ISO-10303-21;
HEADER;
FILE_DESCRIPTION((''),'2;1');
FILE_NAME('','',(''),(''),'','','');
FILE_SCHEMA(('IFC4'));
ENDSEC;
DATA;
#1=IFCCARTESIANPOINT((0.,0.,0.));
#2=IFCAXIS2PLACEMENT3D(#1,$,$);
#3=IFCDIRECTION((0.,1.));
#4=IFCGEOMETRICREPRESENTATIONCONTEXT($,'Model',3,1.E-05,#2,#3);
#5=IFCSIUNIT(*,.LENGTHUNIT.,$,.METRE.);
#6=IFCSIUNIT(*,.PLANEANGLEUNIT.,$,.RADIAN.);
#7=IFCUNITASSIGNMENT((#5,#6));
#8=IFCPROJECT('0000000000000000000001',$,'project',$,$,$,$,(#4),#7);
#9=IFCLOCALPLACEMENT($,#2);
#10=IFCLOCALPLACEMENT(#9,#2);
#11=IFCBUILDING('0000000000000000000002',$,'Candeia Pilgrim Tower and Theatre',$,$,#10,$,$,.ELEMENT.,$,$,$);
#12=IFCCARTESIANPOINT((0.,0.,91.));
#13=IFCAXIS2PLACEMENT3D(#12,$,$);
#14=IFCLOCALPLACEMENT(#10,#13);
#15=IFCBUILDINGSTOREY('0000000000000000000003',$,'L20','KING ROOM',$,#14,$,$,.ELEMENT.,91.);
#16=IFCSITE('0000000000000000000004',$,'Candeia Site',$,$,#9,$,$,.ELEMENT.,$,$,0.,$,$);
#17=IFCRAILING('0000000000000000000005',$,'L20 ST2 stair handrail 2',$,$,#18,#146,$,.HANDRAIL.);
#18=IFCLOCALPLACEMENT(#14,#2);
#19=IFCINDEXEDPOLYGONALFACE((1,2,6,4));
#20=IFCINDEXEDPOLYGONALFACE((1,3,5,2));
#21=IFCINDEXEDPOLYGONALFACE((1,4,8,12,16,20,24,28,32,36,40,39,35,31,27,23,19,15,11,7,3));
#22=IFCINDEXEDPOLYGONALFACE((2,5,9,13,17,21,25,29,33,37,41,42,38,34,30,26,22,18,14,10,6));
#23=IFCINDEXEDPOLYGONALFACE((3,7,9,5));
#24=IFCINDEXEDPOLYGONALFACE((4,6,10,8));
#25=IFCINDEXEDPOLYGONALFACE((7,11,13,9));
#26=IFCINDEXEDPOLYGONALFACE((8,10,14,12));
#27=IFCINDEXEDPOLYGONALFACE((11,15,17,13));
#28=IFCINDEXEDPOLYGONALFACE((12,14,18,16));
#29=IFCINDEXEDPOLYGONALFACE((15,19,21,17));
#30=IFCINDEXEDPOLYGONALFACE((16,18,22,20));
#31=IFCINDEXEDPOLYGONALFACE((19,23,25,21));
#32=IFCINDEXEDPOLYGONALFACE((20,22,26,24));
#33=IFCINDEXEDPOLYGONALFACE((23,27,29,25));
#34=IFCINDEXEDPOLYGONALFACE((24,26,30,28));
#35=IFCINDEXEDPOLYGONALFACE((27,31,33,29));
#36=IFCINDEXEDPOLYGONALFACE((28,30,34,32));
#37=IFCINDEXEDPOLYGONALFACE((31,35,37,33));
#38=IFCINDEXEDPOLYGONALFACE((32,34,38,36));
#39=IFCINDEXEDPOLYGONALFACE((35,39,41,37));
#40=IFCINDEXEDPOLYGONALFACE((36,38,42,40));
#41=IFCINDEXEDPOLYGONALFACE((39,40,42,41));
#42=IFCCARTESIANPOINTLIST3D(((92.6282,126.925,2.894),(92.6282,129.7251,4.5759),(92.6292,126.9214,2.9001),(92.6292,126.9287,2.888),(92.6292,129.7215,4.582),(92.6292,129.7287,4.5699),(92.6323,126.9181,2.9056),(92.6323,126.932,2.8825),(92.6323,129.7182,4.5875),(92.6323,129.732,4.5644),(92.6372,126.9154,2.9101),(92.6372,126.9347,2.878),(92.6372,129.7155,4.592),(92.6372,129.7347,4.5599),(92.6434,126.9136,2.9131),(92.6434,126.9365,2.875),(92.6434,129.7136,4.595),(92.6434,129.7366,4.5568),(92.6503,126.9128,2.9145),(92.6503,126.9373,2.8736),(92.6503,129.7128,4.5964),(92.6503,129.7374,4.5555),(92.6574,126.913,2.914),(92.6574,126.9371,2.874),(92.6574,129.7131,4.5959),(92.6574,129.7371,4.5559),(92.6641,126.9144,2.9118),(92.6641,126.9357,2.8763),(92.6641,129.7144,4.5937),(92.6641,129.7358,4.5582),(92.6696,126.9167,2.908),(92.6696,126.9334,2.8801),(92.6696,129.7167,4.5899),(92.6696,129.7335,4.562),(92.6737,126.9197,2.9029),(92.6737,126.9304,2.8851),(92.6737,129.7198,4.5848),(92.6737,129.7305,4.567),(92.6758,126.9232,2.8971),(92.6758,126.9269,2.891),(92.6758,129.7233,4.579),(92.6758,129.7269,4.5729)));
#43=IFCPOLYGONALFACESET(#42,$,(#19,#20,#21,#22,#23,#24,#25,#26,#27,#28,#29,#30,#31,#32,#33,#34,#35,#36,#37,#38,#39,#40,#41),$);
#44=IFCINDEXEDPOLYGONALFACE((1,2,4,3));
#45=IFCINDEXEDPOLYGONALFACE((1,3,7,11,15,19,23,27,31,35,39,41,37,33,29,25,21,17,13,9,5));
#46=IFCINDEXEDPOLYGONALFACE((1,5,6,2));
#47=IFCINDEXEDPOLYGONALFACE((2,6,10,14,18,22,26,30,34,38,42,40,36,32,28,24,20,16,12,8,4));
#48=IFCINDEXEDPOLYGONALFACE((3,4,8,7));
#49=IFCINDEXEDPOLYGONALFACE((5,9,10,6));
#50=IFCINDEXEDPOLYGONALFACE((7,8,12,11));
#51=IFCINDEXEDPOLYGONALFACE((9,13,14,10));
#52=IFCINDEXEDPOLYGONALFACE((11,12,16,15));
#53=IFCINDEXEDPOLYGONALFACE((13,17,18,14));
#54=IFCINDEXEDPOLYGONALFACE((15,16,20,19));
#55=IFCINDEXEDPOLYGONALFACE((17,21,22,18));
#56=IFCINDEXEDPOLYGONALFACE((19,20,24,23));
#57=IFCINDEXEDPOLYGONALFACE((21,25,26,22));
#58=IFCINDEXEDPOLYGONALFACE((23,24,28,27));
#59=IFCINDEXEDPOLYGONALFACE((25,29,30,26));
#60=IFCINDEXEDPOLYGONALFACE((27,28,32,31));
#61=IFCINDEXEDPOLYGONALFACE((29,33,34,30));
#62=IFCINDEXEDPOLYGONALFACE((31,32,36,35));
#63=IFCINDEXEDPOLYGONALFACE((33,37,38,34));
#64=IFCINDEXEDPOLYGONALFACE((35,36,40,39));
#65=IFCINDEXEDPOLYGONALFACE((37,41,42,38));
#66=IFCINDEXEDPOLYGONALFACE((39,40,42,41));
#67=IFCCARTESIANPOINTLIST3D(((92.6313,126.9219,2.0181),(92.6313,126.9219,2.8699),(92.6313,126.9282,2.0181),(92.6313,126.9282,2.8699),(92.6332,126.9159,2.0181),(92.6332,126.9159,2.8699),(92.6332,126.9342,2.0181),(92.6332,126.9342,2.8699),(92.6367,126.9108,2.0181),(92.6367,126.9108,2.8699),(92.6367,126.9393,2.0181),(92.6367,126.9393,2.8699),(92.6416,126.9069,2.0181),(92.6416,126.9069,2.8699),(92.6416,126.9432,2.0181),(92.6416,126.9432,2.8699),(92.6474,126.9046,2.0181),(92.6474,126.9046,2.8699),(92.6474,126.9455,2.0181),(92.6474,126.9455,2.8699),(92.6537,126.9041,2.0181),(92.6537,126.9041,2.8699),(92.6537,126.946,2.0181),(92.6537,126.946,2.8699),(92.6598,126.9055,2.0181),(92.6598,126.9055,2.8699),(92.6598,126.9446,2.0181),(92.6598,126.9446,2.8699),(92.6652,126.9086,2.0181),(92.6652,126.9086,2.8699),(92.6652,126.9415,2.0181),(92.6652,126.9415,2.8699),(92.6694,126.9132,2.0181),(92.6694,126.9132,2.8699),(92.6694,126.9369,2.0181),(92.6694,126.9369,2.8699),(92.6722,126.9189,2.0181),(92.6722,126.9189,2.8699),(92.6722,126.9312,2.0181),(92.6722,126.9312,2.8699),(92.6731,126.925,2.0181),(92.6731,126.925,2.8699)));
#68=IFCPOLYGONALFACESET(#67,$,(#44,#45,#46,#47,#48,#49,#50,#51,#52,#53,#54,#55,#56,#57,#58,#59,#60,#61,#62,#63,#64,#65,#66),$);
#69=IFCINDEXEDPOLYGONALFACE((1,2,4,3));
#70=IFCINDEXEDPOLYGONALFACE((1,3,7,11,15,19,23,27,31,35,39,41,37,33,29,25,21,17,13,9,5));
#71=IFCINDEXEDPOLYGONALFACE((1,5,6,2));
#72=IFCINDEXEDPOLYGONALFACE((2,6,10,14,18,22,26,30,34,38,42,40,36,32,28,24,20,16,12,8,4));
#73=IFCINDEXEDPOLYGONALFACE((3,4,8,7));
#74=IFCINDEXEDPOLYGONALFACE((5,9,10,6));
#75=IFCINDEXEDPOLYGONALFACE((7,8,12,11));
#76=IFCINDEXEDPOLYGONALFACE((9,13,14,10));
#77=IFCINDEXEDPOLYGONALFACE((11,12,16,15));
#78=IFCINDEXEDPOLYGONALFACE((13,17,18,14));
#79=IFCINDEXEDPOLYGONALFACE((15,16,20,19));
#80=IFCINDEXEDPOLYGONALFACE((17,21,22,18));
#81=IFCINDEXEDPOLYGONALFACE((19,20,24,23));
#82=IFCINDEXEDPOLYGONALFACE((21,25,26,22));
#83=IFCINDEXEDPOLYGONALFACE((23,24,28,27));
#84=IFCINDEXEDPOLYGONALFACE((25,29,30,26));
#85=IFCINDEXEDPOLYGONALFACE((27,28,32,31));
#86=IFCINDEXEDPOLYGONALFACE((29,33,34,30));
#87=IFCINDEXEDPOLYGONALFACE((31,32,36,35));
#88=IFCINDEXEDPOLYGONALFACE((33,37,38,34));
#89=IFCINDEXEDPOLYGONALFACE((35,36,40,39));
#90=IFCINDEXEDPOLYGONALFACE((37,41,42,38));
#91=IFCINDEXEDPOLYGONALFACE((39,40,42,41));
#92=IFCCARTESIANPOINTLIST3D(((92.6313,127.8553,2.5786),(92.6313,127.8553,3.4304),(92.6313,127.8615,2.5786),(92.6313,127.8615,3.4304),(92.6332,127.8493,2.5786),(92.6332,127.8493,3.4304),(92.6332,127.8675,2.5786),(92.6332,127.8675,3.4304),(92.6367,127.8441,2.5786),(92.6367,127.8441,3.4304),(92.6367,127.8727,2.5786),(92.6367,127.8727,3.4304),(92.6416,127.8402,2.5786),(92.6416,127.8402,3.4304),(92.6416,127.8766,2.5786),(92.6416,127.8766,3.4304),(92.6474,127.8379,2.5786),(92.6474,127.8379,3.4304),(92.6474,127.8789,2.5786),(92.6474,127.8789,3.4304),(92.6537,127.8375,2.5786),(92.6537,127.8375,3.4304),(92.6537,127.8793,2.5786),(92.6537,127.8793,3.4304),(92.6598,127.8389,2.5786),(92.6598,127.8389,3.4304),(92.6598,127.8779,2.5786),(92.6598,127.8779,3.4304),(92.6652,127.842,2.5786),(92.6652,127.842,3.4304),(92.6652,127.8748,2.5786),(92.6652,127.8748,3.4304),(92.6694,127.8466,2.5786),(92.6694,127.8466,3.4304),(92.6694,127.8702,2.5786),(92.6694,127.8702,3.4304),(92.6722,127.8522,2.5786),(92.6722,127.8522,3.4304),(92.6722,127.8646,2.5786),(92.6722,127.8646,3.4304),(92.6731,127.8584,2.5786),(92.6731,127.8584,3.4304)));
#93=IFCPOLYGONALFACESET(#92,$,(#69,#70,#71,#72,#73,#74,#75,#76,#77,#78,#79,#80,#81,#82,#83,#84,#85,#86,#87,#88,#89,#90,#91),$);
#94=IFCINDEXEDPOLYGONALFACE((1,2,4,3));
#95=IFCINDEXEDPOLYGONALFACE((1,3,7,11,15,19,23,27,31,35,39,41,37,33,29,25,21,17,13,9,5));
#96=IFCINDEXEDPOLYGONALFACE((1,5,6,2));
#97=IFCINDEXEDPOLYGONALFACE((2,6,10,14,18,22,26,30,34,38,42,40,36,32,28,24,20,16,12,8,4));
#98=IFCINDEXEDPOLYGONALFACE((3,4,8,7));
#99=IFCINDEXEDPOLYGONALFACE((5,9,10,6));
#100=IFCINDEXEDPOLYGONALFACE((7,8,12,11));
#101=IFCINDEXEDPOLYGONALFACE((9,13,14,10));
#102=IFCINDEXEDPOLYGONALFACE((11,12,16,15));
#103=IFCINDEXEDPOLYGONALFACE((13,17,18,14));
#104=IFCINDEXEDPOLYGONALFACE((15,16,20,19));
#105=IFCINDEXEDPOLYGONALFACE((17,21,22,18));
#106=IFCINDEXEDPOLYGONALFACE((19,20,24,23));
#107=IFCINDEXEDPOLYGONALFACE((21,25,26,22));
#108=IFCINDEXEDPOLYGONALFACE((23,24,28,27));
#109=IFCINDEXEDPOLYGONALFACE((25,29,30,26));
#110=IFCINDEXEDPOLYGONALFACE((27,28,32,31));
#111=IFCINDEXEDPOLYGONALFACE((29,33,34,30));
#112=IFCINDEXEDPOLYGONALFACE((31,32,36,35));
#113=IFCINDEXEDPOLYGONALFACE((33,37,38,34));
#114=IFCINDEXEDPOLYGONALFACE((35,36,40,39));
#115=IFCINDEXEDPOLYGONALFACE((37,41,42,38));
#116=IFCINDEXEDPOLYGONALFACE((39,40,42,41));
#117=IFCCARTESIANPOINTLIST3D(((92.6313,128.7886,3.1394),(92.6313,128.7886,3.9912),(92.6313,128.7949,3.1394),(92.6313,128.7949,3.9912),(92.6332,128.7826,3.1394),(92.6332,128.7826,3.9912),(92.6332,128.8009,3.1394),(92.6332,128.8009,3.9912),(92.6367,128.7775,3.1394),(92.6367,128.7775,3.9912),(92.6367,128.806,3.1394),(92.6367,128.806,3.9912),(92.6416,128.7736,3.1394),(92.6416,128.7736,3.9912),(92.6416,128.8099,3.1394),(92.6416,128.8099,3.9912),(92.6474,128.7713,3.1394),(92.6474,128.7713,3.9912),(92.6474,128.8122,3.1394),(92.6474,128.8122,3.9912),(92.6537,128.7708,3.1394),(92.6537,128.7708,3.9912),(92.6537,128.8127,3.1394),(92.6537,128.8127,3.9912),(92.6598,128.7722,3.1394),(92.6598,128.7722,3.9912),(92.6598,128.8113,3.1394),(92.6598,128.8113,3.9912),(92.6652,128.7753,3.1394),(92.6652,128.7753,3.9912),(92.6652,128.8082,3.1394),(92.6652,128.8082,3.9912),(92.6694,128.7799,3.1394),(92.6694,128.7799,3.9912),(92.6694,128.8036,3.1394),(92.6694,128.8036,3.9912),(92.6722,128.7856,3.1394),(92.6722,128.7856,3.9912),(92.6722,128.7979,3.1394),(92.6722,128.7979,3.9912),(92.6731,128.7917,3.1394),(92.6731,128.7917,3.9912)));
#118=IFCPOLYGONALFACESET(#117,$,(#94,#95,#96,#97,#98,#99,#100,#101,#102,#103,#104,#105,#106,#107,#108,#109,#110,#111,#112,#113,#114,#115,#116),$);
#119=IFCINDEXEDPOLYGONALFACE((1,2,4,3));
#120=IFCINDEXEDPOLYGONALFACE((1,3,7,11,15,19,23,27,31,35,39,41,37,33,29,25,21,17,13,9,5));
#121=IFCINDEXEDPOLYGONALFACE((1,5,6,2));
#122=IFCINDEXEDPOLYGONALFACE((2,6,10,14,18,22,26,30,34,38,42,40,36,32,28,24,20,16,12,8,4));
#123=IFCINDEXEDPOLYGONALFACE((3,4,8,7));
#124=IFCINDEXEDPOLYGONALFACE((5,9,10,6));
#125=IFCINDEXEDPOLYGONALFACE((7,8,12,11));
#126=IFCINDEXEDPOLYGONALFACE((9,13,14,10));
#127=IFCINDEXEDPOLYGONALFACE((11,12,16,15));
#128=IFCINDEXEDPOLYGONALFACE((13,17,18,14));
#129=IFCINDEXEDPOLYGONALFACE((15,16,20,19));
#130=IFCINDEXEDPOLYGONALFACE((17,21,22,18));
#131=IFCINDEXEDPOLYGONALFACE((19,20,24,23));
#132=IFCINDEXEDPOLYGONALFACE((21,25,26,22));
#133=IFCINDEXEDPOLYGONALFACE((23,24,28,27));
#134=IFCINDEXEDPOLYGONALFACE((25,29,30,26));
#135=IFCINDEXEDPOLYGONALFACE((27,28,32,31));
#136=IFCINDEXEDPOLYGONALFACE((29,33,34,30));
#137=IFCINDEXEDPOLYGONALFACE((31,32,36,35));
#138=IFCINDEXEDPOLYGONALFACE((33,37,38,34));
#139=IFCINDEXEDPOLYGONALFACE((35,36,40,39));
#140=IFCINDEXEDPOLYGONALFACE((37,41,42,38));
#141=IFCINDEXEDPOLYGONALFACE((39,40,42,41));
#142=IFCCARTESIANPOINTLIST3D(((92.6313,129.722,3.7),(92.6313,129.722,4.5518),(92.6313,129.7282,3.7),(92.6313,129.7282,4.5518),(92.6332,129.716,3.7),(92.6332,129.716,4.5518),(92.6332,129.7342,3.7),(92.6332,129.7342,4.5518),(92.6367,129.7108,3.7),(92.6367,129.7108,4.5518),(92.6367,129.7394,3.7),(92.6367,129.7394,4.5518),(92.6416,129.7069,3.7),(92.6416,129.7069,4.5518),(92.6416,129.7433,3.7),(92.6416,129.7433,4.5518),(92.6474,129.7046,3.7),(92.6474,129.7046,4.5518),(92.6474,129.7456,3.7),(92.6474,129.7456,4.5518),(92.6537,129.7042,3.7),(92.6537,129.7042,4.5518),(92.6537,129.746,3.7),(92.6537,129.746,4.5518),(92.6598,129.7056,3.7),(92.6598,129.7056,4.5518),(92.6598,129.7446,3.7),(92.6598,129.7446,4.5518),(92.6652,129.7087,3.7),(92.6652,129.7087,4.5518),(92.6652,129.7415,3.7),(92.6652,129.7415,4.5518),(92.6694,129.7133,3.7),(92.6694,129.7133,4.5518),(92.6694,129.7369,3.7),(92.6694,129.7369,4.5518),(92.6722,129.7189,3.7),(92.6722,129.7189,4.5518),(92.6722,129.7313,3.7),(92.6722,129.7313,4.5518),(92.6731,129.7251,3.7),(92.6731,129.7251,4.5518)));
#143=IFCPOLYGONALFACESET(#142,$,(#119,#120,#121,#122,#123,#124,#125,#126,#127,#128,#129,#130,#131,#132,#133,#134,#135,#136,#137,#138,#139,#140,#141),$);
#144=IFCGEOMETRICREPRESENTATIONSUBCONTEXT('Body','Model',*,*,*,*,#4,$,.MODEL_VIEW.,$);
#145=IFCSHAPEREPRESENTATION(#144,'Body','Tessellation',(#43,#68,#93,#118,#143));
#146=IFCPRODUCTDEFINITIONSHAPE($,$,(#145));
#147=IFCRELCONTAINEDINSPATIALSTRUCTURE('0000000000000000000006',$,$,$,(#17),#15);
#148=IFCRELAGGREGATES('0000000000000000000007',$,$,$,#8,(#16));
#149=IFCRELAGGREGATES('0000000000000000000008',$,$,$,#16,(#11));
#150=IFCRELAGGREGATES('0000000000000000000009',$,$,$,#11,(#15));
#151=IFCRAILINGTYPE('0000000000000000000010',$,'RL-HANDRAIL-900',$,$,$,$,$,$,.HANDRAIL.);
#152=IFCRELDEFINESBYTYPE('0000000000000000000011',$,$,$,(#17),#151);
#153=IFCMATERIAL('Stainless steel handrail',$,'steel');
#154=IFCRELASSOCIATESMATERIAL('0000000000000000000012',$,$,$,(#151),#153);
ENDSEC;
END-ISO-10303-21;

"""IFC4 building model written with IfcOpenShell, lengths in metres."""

from ifc_helpers import new_model, si_unit, direction, frame, origin, origin_2d, place, context, subcontext, project, spatial, circle, extrude, material, type_object, element, save


model = new_model("IFC4")

# Units and contexts
model_context = context("Model", 3, precision=1e-05, world=origin(), true_north=direction((0.0, 1.0)))
body_context = subcontext(model_context, "Body", "Model", "MODEL_VIEW")
ifc_project = project(units=[si_unit("LENGTHUNIT", "METRE"), si_unit("PLANEANGLEUNIT", "RADIAN")], contexts=[model_context])

# Site, building, storey
site_placement = place(None, origin())
site = spatial("IfcSite", under=ifc_project, at=site_placement, Name="Candeia Site", CompositionType="ELEMENT", RefElevation=0.0)
building_placement = place(site_placement, origin())
building = spatial("IfcBuilding", under=site, at=building_placement, Name="Candeia Pilgrim Tower and Theatre", CompositionType="ELEMENT")
storey_placement = place(building_placement, frame((0.0, 0.0, 91.0)))
storey = spatial("IfcBuildingStorey", under=building, at=storey_placement, Name="L20", Description="KING ROOM", CompositionType="ELEMENT", Elevation=91.0)

# Railing
ifc_material_1 = material(Name="Stainless steel handrail", Category="steel")
railing_type_1 = type_object("IfcRailingType", Name="RL-HANDRAIL-900", PredefinedType="HANDRAIL", material=ifc_material_1)
railing_1_placement = place(storey_placement, frame((92.6521, 126.925, 2.0181)))
element("IfcRailing", 1, at=railing_1_placement, inside=storey, type_object=railing_type_1, Name="L20 ST2 stair handrail 2", PredefinedType="HANDRAIL", context=body_context, shape_type="SweptSolid", body=[
    extrude(circle(Radius=0.0239, at=origin_2d()), frame((0.0, 0.0, 0.876), z_axis=(0.0, 0.857242, 0.514913), x_axis=(-1.0, 0.0, 0.0)), (0.0, 0.0, 1.0), 3.2664),
    extrude(circle(Radius=0.021, at=origin_2d()), origin(), (0.0, 0.0, 1.0), 0.8518),
    extrude(circle(Radius=0.021, at=origin_2d()), frame((0.0, 0.9333, 0.5605)), (0.0, 0.0, 1.0), 0.8518),
    extrude(circle(Radius=0.021, at=origin_2d()), frame((0.0, 1.8667, 1.1213)), (0.0, 0.0, 1.0), 0.8518),
    extrude(circle(Radius=0.021, at=origin_2d()), frame((0.0, 2.8, 1.6819)), (0.0, 0.0, 1.0), 0.8518),
])

save(model, "model.ifc")
